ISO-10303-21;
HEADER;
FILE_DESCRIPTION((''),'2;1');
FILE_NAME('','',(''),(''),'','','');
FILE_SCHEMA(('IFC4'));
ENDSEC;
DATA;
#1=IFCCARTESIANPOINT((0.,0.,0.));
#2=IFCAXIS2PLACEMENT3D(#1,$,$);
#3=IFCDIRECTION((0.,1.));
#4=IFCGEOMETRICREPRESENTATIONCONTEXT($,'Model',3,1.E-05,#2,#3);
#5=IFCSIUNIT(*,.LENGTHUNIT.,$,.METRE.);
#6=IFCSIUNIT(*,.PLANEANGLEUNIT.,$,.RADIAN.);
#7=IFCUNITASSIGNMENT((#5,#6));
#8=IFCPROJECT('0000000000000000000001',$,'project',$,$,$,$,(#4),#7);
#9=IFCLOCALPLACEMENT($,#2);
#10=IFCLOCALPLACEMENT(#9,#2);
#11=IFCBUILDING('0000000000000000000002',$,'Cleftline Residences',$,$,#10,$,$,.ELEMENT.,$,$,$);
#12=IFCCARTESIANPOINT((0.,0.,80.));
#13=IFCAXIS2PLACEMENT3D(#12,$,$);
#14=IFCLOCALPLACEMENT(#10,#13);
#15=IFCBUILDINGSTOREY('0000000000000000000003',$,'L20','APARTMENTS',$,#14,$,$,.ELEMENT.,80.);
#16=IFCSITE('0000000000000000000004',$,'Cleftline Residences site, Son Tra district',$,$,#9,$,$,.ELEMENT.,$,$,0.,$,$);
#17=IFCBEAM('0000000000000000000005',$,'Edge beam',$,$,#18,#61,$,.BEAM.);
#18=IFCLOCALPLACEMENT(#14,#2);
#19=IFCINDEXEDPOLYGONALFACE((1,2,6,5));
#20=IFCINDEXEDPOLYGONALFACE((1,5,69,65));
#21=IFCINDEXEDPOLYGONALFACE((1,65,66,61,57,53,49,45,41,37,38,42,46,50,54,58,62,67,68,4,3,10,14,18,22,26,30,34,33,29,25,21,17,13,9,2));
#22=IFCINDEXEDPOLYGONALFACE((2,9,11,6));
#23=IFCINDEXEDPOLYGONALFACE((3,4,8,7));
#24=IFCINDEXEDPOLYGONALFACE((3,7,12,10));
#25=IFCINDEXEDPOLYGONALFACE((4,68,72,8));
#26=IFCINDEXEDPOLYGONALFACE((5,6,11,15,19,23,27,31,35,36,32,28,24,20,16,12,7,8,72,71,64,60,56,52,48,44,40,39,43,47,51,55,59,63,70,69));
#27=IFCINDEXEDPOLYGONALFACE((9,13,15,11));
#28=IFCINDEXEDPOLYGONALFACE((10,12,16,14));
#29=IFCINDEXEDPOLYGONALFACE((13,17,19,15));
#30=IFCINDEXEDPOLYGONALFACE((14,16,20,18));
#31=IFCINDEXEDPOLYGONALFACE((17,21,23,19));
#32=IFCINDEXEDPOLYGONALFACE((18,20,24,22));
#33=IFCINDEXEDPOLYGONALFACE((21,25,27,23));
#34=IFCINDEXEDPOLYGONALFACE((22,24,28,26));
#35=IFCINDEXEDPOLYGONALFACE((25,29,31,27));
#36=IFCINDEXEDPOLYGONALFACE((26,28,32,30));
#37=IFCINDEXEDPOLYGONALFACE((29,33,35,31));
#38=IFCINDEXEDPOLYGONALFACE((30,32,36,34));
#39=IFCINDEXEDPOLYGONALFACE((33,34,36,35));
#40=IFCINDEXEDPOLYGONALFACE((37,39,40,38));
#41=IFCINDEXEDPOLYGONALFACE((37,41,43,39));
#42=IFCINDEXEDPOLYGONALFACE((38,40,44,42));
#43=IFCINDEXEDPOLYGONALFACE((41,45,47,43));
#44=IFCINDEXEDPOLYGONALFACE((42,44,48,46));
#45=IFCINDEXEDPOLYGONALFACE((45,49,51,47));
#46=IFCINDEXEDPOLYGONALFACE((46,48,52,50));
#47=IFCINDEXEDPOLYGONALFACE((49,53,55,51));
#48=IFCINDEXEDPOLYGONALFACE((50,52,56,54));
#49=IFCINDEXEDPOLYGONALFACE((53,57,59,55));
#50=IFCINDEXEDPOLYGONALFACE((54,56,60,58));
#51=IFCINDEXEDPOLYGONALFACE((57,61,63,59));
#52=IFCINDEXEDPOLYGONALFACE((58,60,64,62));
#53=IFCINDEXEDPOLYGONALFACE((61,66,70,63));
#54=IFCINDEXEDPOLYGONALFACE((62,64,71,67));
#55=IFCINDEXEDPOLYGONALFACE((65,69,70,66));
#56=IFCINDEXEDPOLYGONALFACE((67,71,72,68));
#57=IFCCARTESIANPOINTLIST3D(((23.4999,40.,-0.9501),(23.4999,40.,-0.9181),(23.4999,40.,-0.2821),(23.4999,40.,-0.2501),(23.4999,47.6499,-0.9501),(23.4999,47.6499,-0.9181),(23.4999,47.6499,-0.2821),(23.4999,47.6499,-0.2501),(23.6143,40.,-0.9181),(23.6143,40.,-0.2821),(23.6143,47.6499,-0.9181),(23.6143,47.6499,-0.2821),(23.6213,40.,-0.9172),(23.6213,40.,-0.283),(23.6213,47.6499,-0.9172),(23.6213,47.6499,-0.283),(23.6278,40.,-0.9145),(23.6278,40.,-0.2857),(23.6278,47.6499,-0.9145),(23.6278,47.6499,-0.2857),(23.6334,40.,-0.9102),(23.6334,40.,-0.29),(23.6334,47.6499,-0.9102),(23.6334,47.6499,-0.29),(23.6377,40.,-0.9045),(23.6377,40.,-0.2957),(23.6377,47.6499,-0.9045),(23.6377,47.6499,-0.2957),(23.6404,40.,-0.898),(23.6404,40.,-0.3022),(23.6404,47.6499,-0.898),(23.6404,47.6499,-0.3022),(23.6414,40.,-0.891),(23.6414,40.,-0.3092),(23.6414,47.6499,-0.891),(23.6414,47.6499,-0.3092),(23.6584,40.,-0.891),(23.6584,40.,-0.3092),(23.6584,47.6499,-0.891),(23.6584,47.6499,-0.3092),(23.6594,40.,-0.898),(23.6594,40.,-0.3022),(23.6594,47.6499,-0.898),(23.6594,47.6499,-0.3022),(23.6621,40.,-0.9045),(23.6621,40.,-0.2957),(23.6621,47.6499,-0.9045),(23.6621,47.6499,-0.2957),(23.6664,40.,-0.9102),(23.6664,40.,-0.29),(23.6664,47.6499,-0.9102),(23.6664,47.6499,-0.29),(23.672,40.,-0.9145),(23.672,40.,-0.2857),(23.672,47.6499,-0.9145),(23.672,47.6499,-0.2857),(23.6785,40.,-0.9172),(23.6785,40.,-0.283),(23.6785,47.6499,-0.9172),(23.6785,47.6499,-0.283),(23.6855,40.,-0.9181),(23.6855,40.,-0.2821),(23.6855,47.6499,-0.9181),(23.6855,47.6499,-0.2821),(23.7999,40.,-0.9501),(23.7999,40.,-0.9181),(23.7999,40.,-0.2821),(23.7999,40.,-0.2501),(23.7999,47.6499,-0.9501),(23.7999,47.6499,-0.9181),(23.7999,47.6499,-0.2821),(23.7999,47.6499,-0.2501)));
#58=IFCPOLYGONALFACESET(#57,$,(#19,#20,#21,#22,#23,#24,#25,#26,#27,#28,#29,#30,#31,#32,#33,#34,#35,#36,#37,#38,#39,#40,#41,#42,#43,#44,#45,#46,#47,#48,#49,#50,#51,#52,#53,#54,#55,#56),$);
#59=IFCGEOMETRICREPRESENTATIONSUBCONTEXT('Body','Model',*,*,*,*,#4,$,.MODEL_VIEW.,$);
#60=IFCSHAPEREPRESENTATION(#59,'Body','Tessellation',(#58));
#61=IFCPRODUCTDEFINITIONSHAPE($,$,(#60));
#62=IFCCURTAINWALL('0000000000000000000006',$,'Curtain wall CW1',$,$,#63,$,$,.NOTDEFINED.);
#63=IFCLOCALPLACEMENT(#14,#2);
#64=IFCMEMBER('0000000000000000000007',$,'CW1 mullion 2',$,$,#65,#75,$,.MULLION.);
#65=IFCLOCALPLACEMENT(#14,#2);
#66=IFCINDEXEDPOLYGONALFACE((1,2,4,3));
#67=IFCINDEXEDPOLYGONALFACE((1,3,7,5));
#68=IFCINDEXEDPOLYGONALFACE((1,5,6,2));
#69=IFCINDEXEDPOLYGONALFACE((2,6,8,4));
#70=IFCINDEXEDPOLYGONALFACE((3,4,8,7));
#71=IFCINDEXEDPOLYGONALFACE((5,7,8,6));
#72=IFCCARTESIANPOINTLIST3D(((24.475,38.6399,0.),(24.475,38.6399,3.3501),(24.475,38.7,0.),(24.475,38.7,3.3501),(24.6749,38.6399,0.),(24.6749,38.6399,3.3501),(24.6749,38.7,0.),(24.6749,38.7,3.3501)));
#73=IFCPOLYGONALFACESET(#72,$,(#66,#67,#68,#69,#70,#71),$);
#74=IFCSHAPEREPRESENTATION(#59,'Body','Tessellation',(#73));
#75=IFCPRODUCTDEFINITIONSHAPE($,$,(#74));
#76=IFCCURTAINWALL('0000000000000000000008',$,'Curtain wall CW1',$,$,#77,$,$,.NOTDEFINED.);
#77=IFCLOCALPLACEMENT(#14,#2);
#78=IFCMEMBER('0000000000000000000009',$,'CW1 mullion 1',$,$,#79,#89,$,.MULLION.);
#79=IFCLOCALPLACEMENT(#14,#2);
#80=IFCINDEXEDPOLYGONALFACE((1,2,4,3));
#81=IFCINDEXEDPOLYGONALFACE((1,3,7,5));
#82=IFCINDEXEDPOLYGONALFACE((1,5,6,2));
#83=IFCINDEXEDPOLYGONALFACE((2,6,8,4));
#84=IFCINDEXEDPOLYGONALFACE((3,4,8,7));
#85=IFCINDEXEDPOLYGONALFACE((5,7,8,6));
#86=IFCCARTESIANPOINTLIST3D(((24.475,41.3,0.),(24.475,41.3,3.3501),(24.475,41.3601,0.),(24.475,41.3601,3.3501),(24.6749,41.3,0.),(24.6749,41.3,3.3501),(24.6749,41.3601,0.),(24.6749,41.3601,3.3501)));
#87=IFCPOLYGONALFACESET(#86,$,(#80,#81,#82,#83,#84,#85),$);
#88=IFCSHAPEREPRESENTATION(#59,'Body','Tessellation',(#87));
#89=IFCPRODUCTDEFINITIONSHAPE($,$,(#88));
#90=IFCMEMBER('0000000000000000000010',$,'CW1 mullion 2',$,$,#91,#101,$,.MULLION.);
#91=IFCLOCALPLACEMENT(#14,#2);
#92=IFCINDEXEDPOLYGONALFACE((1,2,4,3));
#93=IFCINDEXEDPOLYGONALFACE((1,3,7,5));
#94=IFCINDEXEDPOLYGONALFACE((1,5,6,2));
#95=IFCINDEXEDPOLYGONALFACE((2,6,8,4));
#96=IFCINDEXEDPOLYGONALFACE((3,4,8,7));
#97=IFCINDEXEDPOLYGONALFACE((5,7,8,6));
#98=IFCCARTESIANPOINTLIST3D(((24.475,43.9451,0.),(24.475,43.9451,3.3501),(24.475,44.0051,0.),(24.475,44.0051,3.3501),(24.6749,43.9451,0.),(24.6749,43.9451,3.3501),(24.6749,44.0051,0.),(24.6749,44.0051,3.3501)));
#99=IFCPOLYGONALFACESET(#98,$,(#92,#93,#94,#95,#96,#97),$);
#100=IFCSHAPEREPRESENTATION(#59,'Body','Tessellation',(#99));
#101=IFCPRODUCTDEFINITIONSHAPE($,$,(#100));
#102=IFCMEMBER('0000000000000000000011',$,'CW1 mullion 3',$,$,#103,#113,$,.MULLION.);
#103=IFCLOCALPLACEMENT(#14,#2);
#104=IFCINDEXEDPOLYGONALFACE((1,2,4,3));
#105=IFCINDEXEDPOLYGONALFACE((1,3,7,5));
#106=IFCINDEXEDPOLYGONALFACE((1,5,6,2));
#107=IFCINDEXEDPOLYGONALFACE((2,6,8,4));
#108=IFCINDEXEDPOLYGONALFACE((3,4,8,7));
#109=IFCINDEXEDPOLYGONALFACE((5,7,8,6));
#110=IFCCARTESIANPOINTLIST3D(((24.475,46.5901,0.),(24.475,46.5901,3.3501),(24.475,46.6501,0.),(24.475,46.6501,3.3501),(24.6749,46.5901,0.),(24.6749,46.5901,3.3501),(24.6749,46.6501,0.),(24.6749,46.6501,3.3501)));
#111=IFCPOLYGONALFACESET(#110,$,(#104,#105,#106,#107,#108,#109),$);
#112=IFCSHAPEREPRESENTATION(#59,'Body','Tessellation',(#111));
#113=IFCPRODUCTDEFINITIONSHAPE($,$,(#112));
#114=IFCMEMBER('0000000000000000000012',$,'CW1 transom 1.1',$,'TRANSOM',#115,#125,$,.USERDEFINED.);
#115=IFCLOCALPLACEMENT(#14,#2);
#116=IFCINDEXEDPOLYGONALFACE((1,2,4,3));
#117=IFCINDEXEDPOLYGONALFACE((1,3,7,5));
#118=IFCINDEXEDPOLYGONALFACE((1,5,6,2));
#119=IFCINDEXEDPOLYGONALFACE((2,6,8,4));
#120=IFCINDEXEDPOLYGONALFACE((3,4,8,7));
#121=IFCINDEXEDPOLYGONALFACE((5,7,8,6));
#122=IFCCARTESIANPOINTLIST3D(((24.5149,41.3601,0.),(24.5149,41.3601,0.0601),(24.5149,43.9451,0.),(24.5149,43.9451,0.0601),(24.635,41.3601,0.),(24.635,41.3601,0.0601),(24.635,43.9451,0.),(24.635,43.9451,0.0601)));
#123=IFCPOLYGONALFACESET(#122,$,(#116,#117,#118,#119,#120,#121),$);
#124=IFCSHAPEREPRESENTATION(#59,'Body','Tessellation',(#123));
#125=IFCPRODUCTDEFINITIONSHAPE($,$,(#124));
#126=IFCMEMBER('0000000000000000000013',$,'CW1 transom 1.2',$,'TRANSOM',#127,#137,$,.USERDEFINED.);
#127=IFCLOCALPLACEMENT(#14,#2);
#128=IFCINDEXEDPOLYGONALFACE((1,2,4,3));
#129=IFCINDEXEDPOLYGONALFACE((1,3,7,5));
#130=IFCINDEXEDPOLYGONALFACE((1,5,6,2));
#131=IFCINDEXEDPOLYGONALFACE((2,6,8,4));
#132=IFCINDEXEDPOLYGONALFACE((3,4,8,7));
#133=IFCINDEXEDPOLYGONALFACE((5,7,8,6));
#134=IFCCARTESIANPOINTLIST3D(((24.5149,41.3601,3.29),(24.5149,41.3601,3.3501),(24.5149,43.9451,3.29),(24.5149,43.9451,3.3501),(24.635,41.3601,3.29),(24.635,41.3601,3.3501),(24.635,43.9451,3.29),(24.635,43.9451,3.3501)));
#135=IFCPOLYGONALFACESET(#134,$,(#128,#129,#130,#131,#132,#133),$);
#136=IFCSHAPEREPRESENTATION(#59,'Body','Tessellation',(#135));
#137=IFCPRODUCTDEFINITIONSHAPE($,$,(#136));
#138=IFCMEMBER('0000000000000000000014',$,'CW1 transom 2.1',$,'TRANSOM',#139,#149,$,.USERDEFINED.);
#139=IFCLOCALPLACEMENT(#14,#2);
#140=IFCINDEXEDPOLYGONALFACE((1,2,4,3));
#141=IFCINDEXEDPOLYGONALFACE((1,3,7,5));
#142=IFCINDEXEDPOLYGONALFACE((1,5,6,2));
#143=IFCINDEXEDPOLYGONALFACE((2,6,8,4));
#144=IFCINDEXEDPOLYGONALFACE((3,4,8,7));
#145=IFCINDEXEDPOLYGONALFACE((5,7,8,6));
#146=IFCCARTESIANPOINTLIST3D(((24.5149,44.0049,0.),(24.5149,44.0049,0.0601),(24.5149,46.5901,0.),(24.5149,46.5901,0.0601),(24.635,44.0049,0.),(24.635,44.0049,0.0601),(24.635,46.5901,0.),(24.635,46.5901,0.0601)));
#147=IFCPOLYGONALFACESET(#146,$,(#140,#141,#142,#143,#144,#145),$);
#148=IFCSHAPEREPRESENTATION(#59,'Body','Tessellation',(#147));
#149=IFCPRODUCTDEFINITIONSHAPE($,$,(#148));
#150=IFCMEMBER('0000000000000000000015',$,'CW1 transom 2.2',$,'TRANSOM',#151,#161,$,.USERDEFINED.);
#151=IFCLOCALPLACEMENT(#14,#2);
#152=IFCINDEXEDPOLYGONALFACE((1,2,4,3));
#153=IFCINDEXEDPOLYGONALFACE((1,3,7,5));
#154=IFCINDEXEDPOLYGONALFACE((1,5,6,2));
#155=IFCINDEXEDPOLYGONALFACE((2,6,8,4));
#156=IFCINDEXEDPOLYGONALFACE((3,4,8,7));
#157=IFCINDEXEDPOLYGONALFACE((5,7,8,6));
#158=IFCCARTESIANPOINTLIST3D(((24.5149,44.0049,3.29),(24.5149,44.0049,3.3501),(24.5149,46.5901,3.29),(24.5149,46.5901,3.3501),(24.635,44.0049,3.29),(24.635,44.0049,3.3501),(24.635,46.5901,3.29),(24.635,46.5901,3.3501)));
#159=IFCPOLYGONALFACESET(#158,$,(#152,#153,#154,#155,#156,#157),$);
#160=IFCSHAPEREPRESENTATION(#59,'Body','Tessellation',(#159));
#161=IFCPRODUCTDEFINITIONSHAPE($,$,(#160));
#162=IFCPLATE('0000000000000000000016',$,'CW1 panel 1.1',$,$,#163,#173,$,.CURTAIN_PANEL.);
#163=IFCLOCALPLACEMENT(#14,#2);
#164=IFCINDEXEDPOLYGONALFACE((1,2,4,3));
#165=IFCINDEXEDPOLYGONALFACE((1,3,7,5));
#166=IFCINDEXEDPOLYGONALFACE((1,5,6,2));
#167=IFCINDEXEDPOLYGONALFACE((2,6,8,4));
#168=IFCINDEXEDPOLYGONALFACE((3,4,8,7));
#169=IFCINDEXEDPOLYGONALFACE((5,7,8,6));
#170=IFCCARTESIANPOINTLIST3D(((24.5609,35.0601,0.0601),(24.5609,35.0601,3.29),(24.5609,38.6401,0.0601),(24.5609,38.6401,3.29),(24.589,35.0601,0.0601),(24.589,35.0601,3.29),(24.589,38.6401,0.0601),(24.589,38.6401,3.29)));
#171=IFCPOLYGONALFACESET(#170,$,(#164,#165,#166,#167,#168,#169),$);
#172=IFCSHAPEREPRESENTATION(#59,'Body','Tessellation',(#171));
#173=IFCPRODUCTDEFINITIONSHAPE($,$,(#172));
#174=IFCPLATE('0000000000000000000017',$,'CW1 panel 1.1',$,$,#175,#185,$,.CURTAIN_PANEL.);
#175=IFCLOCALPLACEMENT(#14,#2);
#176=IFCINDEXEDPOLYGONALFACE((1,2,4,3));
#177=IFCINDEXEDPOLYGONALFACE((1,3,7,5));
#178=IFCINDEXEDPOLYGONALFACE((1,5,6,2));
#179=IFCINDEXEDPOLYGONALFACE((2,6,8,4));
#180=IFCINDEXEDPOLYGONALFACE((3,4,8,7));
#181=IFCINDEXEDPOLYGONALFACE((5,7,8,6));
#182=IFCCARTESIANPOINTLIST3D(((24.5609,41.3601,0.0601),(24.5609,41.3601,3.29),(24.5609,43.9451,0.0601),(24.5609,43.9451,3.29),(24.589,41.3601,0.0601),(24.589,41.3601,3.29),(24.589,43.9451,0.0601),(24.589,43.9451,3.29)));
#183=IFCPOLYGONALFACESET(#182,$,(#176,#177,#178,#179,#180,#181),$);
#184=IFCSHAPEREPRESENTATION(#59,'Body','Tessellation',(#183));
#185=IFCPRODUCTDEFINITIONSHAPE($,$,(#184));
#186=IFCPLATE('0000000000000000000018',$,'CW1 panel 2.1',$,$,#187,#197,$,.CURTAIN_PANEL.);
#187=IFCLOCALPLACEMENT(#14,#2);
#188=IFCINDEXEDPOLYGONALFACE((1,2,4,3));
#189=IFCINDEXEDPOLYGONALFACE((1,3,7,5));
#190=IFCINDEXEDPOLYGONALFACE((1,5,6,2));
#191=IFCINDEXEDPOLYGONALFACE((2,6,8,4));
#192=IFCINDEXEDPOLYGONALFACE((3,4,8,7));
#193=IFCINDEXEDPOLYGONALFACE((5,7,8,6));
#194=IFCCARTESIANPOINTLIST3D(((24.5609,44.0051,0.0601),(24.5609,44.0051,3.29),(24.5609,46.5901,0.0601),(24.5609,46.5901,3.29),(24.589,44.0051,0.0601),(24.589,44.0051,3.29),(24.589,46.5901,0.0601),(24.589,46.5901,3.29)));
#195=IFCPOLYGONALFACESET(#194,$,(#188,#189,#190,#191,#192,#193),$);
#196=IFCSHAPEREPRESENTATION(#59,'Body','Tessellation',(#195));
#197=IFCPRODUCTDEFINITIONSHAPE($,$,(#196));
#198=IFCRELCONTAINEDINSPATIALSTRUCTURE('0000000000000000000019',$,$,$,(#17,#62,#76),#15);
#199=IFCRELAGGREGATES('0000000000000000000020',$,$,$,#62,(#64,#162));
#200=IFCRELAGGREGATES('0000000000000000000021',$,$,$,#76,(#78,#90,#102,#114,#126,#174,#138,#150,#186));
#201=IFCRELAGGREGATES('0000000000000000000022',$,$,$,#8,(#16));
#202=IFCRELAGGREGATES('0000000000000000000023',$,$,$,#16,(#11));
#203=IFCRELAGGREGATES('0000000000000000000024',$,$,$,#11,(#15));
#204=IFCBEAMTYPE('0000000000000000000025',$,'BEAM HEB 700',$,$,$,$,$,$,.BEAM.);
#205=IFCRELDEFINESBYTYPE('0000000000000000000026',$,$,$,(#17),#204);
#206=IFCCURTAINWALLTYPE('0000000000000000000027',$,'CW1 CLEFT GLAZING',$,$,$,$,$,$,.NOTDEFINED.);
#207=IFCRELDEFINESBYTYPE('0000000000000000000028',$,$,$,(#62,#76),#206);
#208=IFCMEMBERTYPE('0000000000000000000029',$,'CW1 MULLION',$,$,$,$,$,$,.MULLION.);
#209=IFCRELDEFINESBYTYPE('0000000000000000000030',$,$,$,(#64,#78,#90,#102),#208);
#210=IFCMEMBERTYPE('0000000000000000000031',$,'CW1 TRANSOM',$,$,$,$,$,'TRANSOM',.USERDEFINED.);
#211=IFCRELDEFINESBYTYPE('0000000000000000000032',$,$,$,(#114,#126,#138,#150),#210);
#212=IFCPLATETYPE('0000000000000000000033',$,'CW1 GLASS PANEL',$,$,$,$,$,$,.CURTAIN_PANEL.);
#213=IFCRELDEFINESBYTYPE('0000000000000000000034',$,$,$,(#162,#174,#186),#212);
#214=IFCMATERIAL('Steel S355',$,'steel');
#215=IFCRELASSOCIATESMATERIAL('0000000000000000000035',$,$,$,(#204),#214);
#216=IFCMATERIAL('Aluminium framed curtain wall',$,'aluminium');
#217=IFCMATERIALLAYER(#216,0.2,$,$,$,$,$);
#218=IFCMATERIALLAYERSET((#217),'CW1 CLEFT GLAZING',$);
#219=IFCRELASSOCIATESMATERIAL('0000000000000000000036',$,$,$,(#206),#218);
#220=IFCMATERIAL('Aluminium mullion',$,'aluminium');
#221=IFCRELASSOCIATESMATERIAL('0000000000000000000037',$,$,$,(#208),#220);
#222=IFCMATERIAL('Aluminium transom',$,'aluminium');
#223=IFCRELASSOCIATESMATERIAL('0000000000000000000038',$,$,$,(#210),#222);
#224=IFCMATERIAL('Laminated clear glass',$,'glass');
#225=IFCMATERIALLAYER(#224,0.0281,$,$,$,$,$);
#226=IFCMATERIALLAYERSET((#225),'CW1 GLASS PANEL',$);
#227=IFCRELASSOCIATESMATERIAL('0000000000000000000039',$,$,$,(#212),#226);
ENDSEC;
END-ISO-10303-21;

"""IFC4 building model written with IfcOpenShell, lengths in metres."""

from ifc_helpers import new_model, si_unit, direction, frame, origin, origin_2d, place, context, subcontext, project, spatial, rectangle, i_section, extrude, material, layer, layer_set, material_profile, profile_set, type_object, element, aggregate, save


model = new_model("IFC4")

# Units and contexts
model_context = context("Model", 3, precision=1e-05, world=origin(), true_north=direction((0.0, 1.0)))
body_context = subcontext(model_context, "Body", "Model", "MODEL_VIEW")
ifc_project = project(units=[si_unit("LENGTHUNIT", "METRE"), si_unit("PLANEANGLEUNIT", "RADIAN")], contexts=[model_context])

# Site, building, storey
site_placement = place(None, origin())
site = spatial("IfcSite", under=ifc_project, at=site_placement, Name="Cleftline Residences site, Son Tra district", CompositionType="ELEMENT", RefElevation=0.0)
building_placement = place(site_placement, origin())
building = spatial("IfcBuilding", under=site, at=building_placement, Name="Cleftline Residences", CompositionType="ELEMENT")
storey_placement = place(building_placement, frame((0.0, 0.0, 80.0)))
storey = spatial("IfcBuildingStorey", under=building, at=storey_placement, Name="L20", Description="APARTMENTS", CompositionType="ELEMENT", Elevation=80.0)

# Beam
ifc_material_1 = material(Name="Steel S355", Category="steel")
ifc_material_profile_1 = material_profile(ifc_material_1, i_section(OverallWidth=0.3, OverallDepth=0.7, WebThickness=0.0171, FlangeThickness=0.032, FilletRadius=0.0271, at=origin_2d()))
ifc_profile_set_1 = profile_set([ifc_material_profile_1], Name="Steel S355")
beam_type = type_object("IfcBeamType", Name="BEAM HEB 700", PredefinedType="BEAM", material=ifc_profile_set_1)
beam_placement = place(storey_placement, frame((23.6499, 47.6499, -0.6001), z_axis=(0.0, -1.0, 0.0), x_axis=(1.0, 0.0, 0.0)))
element("IfcBeam", 1, at=beam_placement, inside=storey, type_object=beam_type, Name="Edge beam", PredefinedType="BEAM", context=body_context, shape_type="SweptSolid", body=[
    extrude(i_section(OverallWidth=0.3, OverallDepth=0.7, WebThickness=0.0171, FlangeThickness=0.032, FilletRadius=0.0271, at=origin_2d()), origin(), (0.0, 0.0, 1.0), 7.6499),
])

# Curtain wall, member
ifc_material_2 = material(Name="Aluminium framed curtain wall", Category="aluminium")
ifc_layer_1 = layer(ifc_material_2, 0.2)
ifc_layer_set_1 = layer_set([ifc_layer_1], Name="CW1 CLEFT GLAZING")
curtain_wall_type = type_object("IfcCurtainWallType", Name="CW1 CLEFT GLAZING", PredefinedType="NOTDEFINED", material=ifc_layer_set_1)
curtain_wall_1_placement = place(storey_placement, origin())
curtain_wall_1 = element("IfcCurtainWall", 2, at=curtain_wall_1_placement, inside=storey, type_object=curtain_wall_type, Name="Curtain wall CW1", PredefinedType="NOTDEFINED")
ifc_material_3 = material(Name="Aluminium mullion", Category="aluminium")
ifc_material_profile_2 = material_profile(ifc_material_3, rectangle(XDim=0.2, YDim=0.0601, at=origin_2d()))
ifc_profile_set_2 = profile_set([ifc_material_profile_2], Name="Aluminium mullion")
member_type_1 = type_object("IfcMemberType", Name="CW1 MULLION", PredefinedType="MULLION", material=ifc_profile_set_2)
member_1_placement = place(storey_placement, frame((24.575, 38.6699, 0.0), z_axis=(0.0, 0.0, 1.0), x_axis=(-1.0, 0.0, 0.0)))
member_1 = element("IfcMember", 3, at=member_1_placement, type_object=member_type_1, Name="CW1 mullion 2", PredefinedType="MULLION", context=body_context, shape_type="SweptSolid", body=[
    extrude(rectangle(XDim=0.2, YDim=0.0601, at=origin_2d()), origin(), (0.0, 0.0, 1.0), 3.3501),
])

# Curtain wall, members
curtain_wall_2_placement = place(storey_placement, origin())
curtain_wall_2 = element("IfcCurtainWall", 4, at=curtain_wall_2_placement, inside=storey, type_object=curtain_wall_type, Name="Curtain wall CW1", PredefinedType="NOTDEFINED")
member_2_placement = place(storey_placement, frame((24.575, 41.3301, 0.0), z_axis=(0.0, 0.0, 1.0), x_axis=(-1.0, 0.0, 0.0)))
member_2 = element("IfcMember", 5, at=member_2_placement, type_object=member_type_1, Name="CW1 mullion 1", PredefinedType="MULLION", context=body_context, shape_type="SweptSolid", body=[
    extrude(rectangle(XDim=0.2, YDim=0.0601, at=origin_2d()), origin(), (0.0, 0.0, 1.0), 3.3501),
])
member_3_placement = place(storey_placement, frame((24.575, 43.9751, 0.0), z_axis=(0.0, 0.0, 1.0), x_axis=(-1.0, 0.0, 0.0)))
member_3 = element("IfcMember", 6, at=member_3_placement, type_object=member_type_1, Name="CW1 mullion 2", PredefinedType="MULLION", context=body_context, shape_type="SweptSolid", body=[
    extrude(rectangle(XDim=0.2, YDim=0.0601, at=origin_2d()), origin(), (0.0, 0.0, 1.0), 3.3501),
])
member_4_placement = place(storey_placement, frame((24.575, 46.6201, 0.0), z_axis=(0.0, 0.0, 1.0), x_axis=(-1.0, 0.0, 0.0)))
member_4 = element("IfcMember", 7, at=member_4_placement, type_object=member_type_1, Name="CW1 mullion 3", PredefinedType="MULLION", context=body_context, shape_type="SweptSolid", body=[
    extrude(rectangle(XDim=0.2, YDim=0.0601, at=origin_2d()), origin(), (0.0, 0.0, 1.0), 3.3501),
])
ifc_material_4 = material(Name="Aluminium transom", Category="aluminium")
ifc_material_profile_3 = material_profile(ifc_material_4, rectangle(XDim=0.1201, YDim=0.0601, at=origin_2d()))
ifc_profile_set_3 = profile_set([ifc_material_profile_3], Name="Aluminium transom")
member_type_2 = type_object("IfcMemberType", Name="CW1 TRANSOM", ElementType="TRANSOM", PredefinedType="USERDEFINED", material=ifc_profile_set_3)
member_5_placement = place(storey_placement, frame((24.575, 41.3601, 0.03), z_axis=(0.0, 1.0, 0.0), x_axis=(-1.0, 0.0, 0.0)))
member_5 = element("IfcMember", 8, at=member_5_placement, type_object=member_type_2, Name="CW1 transom 1.1", ObjectType="TRANSOM", PredefinedType="USERDEFINED", context=body_context, shape_type="SweptSolid", body=[
    extrude(rectangle(XDim=0.1201, YDim=0.0601, at=origin_2d()), origin(), (0.0, 0.0, 1.0), 2.585),
])
member_6_placement = place(storey_placement, frame((24.575, 41.3601, 3.3201), z_axis=(0.0, 1.0, 0.0), x_axis=(-1.0, 0.0, 0.0)))
member_6 = element("IfcMember", 9, at=member_6_placement, type_object=member_type_2, Name="CW1 transom 1.2", ObjectType="TRANSOM", PredefinedType="USERDEFINED", context=body_context, shape_type="SweptSolid", body=[
    extrude(rectangle(XDim=0.1201, YDim=0.0601, at=origin_2d()), origin(), (0.0, 0.0, 1.0), 2.585),
])
member_7_placement = place(storey_placement, frame((24.575, 44.0049, 0.03), z_axis=(0.0, 1.0, 0.0), x_axis=(-1.0, 0.0, 0.0)))
member_7 = element("IfcMember", 10, at=member_7_placement, type_object=member_type_2, Name="CW1 transom 2.1", ObjectType="TRANSOM", PredefinedType="USERDEFINED", context=body_context, shape_type="SweptSolid", body=[
    extrude(rectangle(XDim=0.1201, YDim=0.0601, at=origin_2d()), origin(), (0.0, 0.0, 1.0), 2.5852),
])
member_8_placement = place(storey_placement, frame((24.575, 44.0049, 3.3201), z_axis=(0.0, 1.0, 0.0), x_axis=(-1.0, 0.0, 0.0)))
member_8 = element("IfcMember", 11, at=member_8_placement, type_object=member_type_2, Name="CW1 transom 2.2", ObjectType="TRANSOM", PredefinedType="USERDEFINED", context=body_context, shape_type="SweptSolid", body=[
    extrude(rectangle(XDim=0.1201, YDim=0.0601, at=origin_2d()), origin(), (0.0, 0.0, 1.0), 2.5852),
])

# Plates
ifc_material_5 = material(Name="Laminated clear glass", Category="glass")
ifc_layer_2 = layer(ifc_material_5, 0.0281)
ifc_layer_set_2 = layer_set([ifc_layer_2], Name="CW1 GLASS PANEL")
plate_type = type_object("IfcPlateType", Name="CW1 GLASS PANEL", PredefinedType="CURTAIN_PANEL", material=ifc_layer_set_2)
plate_1_placement = place(storey_placement, frame((24.575, 36.8501, 0.0601), z_axis=(0.0, 0.0, 1.0), x_axis=(0.0, 1.0, 0.0)))
plate_1 = element("IfcPlate", 12, at=plate_1_placement, type_object=plate_type, Name="CW1 panel 1.1", PredefinedType="CURTAIN_PANEL", context=body_context, shape_type="SweptSolid", body=[
    extrude(rectangle(XDim=3.5801, YDim=0.0281, at=origin_2d()), origin(), (0.0, 0.0, 1.0), 3.23),
])
aggregate(curtain_wall_1, [member_1, plate_1])
plate_2_placement = place(storey_placement, frame((24.575, 42.6526, 0.0601), z_axis=(0.0, 0.0, 1.0), x_axis=(0.0, 1.0, 0.0)))
plate_2 = element("IfcPlate", 13, at=plate_2_placement, type_object=plate_type, Name="CW1 panel 1.1", PredefinedType="CURTAIN_PANEL", context=body_context, shape_type="SweptSolid", body=[
    extrude(rectangle(XDim=2.585, YDim=0.0281, at=origin_2d()), origin(), (0.0, 0.0, 1.0), 3.23),
])
plate_3_placement = place(storey_placement, frame((24.575, 45.2976, 0.0601), z_axis=(0.0, 0.0, 1.0), x_axis=(0.0, 1.0, 0.0)))
plate_3 = element("IfcPlate", 14, at=plate_3_placement, type_object=plate_type, Name="CW1 panel 2.1", PredefinedType="CURTAIN_PANEL", context=body_context, shape_type="SweptSolid", body=[
    extrude(rectangle(XDim=2.585, YDim=0.0281, at=origin_2d()), origin(), (0.0, 0.0, 1.0), 3.23),
])
aggregate(curtain_wall_2, [member_2, member_3, member_4, member_5, member_6, plate_2, member_7, member_8, plate_3])

save(model, "model.ifc")
